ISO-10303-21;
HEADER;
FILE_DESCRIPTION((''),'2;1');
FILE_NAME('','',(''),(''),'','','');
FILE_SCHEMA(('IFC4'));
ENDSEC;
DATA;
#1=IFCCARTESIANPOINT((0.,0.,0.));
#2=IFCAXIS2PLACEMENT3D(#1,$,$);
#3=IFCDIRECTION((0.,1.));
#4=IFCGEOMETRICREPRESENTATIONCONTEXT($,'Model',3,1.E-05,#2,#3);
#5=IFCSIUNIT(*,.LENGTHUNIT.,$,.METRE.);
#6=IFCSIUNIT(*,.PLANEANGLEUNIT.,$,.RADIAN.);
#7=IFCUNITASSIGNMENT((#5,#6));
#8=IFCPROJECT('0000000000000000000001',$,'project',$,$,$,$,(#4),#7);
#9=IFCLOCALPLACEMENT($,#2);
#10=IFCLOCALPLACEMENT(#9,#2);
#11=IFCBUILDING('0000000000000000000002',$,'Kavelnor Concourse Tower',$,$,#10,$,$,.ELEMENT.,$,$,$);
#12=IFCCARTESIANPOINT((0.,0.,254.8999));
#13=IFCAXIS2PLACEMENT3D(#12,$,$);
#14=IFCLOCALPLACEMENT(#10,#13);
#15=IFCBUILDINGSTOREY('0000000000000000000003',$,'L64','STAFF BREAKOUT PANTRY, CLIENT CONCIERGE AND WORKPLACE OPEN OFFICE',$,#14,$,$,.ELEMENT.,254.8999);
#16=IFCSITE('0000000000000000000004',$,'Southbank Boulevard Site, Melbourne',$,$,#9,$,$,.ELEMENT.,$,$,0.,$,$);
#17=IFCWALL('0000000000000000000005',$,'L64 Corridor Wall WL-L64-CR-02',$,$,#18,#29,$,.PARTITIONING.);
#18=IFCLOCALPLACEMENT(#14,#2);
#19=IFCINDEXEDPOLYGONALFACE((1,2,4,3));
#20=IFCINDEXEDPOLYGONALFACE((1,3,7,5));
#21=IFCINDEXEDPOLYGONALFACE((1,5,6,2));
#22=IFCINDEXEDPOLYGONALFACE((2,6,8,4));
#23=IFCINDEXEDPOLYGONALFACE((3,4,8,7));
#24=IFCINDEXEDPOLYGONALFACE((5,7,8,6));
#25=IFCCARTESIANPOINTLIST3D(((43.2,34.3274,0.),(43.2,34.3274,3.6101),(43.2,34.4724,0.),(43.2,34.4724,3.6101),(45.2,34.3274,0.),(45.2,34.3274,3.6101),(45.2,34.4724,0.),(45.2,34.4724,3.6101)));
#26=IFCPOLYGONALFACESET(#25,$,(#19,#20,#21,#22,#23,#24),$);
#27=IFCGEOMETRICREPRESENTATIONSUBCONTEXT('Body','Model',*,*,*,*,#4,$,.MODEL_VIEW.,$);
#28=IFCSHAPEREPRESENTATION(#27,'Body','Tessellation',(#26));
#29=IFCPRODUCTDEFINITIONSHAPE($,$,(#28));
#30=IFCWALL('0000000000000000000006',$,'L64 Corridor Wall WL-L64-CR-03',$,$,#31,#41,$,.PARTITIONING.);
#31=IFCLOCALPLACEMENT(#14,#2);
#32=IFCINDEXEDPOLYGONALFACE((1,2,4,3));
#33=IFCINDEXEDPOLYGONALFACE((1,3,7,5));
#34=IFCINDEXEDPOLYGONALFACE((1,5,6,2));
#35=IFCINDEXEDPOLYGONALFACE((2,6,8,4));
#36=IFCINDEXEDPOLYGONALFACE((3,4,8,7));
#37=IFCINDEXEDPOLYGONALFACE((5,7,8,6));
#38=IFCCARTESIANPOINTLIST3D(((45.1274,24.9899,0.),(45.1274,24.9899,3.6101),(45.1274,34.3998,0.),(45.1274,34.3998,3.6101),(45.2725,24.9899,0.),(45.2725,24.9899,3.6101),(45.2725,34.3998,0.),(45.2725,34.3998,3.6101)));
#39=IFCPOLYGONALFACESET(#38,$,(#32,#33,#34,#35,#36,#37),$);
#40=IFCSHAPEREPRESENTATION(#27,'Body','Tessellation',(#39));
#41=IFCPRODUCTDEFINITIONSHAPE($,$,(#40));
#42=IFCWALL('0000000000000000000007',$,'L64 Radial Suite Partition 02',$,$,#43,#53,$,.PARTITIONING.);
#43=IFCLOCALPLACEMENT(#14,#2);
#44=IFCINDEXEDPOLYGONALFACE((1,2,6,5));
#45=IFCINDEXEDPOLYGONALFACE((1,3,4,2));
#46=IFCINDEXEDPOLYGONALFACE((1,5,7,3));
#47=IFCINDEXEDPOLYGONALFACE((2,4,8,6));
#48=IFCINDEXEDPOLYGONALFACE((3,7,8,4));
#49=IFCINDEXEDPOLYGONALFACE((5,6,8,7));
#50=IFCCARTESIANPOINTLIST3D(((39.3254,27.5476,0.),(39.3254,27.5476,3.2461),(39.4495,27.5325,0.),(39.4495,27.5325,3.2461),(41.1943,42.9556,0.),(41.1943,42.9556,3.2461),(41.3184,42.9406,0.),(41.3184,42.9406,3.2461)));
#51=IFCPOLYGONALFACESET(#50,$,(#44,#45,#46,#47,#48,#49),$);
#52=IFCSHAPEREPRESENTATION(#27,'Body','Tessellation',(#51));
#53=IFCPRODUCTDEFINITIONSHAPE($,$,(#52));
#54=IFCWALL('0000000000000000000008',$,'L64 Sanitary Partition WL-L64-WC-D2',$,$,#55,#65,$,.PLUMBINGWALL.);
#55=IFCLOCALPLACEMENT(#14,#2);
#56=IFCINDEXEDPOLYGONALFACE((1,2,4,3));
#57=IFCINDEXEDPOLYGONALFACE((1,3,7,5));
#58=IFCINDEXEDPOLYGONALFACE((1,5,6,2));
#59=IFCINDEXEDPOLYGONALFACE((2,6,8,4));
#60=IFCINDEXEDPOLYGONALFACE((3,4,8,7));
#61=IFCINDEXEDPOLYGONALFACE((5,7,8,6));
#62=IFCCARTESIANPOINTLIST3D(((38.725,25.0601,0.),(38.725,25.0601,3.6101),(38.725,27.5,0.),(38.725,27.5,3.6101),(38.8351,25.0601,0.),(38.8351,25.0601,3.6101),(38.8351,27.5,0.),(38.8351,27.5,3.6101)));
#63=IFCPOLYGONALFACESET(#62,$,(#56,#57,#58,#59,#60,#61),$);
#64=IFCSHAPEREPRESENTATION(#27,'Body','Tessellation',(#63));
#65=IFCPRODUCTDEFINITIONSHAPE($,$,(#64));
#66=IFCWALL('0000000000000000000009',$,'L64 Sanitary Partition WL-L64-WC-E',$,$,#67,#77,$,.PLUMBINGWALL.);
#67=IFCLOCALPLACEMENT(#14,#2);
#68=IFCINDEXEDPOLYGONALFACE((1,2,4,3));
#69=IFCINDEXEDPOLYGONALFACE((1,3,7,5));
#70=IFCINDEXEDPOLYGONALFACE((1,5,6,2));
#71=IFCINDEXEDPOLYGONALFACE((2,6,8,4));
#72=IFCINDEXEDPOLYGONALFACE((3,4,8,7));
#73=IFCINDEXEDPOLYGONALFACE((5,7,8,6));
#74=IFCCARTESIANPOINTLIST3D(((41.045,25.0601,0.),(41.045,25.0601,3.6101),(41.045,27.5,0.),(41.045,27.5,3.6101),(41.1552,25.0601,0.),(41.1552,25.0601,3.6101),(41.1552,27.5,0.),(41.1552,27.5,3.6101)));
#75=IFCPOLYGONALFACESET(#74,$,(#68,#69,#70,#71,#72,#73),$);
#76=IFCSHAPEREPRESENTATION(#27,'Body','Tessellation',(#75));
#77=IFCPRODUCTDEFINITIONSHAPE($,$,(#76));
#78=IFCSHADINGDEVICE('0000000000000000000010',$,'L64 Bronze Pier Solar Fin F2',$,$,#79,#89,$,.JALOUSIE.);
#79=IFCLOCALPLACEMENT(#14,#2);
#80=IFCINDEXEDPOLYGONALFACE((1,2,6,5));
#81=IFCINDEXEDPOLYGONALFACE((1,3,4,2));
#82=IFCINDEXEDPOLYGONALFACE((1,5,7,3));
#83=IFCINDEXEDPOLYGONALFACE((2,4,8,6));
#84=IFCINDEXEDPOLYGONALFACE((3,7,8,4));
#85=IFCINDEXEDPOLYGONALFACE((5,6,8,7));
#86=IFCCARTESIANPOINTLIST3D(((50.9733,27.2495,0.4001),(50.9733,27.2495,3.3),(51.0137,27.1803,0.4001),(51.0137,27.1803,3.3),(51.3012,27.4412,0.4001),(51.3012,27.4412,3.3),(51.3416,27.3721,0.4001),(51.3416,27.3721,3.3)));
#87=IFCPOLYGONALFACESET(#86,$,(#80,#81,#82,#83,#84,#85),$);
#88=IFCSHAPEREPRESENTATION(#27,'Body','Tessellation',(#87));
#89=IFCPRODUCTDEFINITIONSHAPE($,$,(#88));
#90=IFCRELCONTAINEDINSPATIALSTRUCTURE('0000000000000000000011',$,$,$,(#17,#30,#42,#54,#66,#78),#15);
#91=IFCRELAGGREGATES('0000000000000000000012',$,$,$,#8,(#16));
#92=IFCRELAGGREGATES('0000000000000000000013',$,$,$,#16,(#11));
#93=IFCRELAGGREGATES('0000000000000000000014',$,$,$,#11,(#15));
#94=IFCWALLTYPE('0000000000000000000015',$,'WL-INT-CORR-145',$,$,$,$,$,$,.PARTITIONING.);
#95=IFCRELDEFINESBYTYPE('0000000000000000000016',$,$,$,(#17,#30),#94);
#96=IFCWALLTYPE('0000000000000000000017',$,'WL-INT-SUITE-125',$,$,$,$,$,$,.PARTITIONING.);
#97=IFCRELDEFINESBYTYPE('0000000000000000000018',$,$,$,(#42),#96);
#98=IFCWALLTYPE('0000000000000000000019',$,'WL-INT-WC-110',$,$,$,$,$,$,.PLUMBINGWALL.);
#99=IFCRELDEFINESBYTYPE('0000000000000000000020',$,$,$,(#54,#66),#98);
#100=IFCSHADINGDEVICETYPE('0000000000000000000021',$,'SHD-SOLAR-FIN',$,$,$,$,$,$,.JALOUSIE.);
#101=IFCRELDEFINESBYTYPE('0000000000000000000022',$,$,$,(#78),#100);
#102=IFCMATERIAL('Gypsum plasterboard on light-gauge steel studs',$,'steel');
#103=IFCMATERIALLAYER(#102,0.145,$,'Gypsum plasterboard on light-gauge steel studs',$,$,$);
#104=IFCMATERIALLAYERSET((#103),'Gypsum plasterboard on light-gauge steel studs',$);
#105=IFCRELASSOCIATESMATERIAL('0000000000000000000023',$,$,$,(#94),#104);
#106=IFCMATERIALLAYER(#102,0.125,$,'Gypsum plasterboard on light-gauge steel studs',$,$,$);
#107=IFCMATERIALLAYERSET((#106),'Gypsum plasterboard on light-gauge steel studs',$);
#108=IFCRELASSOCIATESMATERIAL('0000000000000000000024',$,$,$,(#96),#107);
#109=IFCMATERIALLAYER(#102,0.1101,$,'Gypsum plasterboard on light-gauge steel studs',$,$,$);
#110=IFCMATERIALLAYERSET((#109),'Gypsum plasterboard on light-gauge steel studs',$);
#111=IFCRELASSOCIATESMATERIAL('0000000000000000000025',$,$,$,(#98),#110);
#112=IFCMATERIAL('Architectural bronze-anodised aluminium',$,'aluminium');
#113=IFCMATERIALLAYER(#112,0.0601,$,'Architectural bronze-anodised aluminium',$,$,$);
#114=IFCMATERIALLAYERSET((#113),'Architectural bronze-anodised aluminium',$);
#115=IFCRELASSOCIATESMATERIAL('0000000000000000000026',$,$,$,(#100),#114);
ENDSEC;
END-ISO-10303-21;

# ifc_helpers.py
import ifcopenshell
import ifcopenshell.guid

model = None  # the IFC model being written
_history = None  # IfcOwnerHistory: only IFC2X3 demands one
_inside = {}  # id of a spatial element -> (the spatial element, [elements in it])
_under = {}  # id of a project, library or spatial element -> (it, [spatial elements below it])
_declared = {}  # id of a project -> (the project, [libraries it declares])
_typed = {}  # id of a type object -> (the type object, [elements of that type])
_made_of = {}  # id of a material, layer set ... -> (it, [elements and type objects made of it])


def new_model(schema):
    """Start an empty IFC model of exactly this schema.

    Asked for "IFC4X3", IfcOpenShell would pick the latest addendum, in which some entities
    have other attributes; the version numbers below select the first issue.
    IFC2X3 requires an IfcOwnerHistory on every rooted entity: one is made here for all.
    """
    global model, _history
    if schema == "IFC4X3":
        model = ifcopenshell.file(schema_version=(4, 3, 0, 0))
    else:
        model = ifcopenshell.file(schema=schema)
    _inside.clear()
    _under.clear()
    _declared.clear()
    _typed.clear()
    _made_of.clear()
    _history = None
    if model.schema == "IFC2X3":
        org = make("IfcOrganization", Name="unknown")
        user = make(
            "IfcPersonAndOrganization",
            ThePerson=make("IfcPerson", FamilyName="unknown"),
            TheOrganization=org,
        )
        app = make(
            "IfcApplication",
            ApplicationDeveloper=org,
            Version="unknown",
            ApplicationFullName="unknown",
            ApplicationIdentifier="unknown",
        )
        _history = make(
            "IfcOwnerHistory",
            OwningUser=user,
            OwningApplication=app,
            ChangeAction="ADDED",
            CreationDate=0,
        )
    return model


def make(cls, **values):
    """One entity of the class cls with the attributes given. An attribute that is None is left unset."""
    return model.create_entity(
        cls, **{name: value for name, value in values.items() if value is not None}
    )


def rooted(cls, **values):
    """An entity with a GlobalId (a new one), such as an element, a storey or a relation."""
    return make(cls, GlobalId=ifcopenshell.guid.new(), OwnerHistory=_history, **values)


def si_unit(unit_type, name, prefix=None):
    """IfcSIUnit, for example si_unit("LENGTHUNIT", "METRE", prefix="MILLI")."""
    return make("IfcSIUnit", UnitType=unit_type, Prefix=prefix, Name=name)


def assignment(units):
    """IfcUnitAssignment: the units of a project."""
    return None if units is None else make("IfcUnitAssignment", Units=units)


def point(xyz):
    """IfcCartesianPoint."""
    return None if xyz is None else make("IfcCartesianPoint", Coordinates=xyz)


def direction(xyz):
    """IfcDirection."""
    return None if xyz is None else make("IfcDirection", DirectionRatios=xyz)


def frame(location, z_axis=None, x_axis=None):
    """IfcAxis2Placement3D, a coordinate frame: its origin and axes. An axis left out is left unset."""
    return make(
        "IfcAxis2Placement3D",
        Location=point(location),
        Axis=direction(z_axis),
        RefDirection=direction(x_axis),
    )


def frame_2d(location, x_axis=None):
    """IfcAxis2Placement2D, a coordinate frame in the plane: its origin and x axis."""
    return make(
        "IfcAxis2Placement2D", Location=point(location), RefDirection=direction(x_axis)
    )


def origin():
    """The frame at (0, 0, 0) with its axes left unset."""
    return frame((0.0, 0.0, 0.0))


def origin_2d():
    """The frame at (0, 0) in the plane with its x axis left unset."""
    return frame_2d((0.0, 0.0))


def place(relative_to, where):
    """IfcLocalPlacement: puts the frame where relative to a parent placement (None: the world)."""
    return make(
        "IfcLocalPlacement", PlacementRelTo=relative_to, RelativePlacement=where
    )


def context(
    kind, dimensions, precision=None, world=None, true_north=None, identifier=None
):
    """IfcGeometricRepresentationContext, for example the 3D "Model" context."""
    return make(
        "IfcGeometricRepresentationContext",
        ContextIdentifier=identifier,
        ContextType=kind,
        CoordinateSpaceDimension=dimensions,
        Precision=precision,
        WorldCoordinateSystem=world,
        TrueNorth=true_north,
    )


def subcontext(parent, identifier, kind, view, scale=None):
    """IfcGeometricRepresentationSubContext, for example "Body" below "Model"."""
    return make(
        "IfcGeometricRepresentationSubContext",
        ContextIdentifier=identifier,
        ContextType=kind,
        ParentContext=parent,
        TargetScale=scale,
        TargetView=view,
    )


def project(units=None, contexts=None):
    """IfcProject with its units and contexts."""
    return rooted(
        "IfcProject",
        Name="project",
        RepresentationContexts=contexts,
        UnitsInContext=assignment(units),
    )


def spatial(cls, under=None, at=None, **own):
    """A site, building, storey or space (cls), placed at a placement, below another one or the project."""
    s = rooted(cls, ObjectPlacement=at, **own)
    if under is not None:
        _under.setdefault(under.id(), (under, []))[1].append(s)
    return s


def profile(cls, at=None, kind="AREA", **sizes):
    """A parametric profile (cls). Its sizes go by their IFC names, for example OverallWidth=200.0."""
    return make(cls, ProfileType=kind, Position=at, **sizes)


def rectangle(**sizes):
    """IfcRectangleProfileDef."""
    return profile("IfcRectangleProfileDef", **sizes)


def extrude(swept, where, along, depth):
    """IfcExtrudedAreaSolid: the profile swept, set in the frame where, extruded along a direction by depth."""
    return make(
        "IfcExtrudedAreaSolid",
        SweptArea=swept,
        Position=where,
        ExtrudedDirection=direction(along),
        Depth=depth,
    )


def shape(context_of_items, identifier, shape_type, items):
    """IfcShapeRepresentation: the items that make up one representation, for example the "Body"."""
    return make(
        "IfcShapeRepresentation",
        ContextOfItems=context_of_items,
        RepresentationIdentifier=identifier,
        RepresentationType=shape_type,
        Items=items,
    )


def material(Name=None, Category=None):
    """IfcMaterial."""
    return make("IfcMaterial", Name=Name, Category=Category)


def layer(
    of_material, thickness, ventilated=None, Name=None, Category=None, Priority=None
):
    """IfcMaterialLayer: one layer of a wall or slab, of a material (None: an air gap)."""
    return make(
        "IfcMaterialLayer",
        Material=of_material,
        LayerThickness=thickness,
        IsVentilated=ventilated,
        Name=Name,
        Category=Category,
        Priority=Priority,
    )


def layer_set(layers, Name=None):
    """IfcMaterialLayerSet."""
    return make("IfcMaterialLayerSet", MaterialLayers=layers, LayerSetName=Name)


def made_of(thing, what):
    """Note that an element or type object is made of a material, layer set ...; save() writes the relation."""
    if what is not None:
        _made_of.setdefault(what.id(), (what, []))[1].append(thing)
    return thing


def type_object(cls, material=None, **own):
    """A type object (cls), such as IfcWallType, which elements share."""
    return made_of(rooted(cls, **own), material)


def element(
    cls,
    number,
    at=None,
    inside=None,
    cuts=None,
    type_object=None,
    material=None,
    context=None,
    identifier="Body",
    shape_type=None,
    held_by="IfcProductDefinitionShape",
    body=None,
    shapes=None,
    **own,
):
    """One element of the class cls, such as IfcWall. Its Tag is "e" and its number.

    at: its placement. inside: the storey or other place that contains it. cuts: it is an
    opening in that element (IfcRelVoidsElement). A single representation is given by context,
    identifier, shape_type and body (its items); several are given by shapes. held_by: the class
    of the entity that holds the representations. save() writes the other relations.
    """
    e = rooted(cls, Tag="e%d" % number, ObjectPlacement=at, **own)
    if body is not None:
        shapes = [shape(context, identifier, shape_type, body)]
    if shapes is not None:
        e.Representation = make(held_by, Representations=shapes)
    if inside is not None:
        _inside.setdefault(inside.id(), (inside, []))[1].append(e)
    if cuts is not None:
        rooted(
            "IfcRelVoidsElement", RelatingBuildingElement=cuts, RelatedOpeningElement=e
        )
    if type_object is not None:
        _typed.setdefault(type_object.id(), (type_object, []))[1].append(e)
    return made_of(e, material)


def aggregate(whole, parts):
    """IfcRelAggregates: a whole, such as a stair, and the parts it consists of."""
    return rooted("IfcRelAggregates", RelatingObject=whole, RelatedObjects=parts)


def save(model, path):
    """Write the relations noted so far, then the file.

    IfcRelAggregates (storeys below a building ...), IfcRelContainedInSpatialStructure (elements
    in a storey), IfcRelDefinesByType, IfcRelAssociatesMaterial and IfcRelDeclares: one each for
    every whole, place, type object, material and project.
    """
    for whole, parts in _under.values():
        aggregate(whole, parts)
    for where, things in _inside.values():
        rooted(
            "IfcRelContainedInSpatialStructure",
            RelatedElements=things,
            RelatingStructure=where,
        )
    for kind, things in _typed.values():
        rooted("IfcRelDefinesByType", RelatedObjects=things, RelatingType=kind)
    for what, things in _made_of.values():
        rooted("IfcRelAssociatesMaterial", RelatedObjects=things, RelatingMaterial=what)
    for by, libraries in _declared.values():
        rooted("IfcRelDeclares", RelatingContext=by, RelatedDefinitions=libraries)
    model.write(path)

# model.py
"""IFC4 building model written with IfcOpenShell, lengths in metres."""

from ifc_helpers import new_model, si_unit, direction, frame, frame_2d, origin, origin_2d, place, context, subcontext, project, spatial, rectangle, extrude, material, layer, layer_set, type_object, element, save


model = new_model("IFC4")

# Units and contexts
model_context = context("Model", 3, precision=1e-05, world=origin(), true_north=direction((0.0, 1.0)))
body_context = subcontext(model_context, "Body", "Model", "MODEL_VIEW")
ifc_project = project(units=[si_unit("LENGTHUNIT", "METRE"), si_unit("PLANEANGLEUNIT", "RADIAN")], contexts=[model_context])

# Site, building, storey
site_placement = place(None, origin())
site = spatial("IfcSite", under=ifc_project, at=site_placement, Name="Southbank Boulevard Site, Melbourne", CompositionType="ELEMENT", RefElevation=0.0)
building_placement = place(site_placement, origin())
building = spatial("IfcBuilding", under=site, at=building_placement, Name="Kavelnor Concourse Tower", CompositionType="ELEMENT")
storey_placement = place(building_placement, frame((0.0, 0.0, 254.8999)))
storey = spatial("IfcBuildingStorey", under=building, at=storey_placement, Name="L64", Description="STAFF BREAKOUT PANTRY, CLIENT CONCIERGE AND WORKPLACE OPEN OFFICE", CompositionType="ELEMENT", Elevation=254.8999)

# Walls
ifc_material_1 = material(Name="Gypsum plasterboard on light-gauge steel studs", Category="steel")
ifc_layer_1 = layer(ifc_material_1, 0.145, Name="Gypsum plasterboard on light-gauge steel studs")
ifc_layer_set_1 = layer_set([ifc_layer_1], Name="Gypsum plasterboard on light-gauge steel studs")
wall_type_1 = type_object("IfcWallType", Name="WL-INT-CORR-145", PredefinedType="PARTITIONING", material=ifc_layer_set_1)
wall_1_placement = place(storey_placement, frame((43.2, 34.3999, 0.0), z_axis=(0.0, 0.0, 1.0), x_axis=(1.0, 0.0, 0.0)))
element("IfcWall", 1, at=wall_1_placement, inside=storey, type_object=wall_type_1, Name="L64 Corridor Wall WL-L64-CR-02", PredefinedType="PARTITIONING", context=body_context, shape_type="SweptSolid", body=[
    extrude(rectangle(XDim=2.0, YDim=0.145, at=frame_2d((1.0, 0.0))), origin(), (0.0, 0.0, 1.0), 3.6101),
])
wall_2_placement = place(storey_placement, frame((45.2, 34.3999, 0.0), z_axis=(0.0, 0.0, 1.0), x_axis=(0.0, -1.0, 0.0)))
element("IfcWall", 2, at=wall_2_placement, inside=storey, type_object=wall_type_1, Name="L64 Corridor Wall WL-L64-CR-03", PredefinedType="PARTITIONING", context=body_context, shape_type="SweptSolid", body=[
    extrude(rectangle(XDim=9.4099, YDim=0.145, at=frame_2d((4.7051, 0.0))), origin(), (0.0, 0.0, 1.0), 3.6101),
])
ifc_layer_2 = layer(ifc_material_1, 0.125, Name="Gypsum plasterboard on light-gauge steel studs")
ifc_layer_set_2 = layer_set([ifc_layer_2], Name="Gypsum plasterboard on light-gauge steel studs")
wall_type_2 = type_object("IfcWallType", Name="WL-INT-SUITE-125", PredefinedType="PARTITIONING", material=ifc_layer_set_2)
wall_3_placement = place(storey_placement, frame((39.3875, 27.54, 0.0), z_axis=(0.0, 0.0, 1.0), x_axis=(0.120412, 0.992724, 0.0)))
element("IfcWall", 3, at=wall_3_placement, inside=storey, type_object=wall_type_2, Name="L64 Radial Suite Partition 02", PredefinedType="PARTITIONING", context=body_context, shape_type="SweptSolid", body=[
    extrude(rectangle(XDim=15.521, YDim=0.125, at=frame_2d((7.7605, 0.0))), origin(), (0.0, 0.0, 1.0), 3.2461),
])
ifc_layer_3 = layer(ifc_material_1, 0.1101, Name="Gypsum plasterboard on light-gauge steel studs")
ifc_layer_set_3 = layer_set([ifc_layer_3], Name="Gypsum plasterboard on light-gauge steel studs")
wall_type_3 = type_object("IfcWallType", Name="WL-INT-WC-110", PredefinedType="PLUMBINGWALL", material=ifc_layer_set_3)
for number, where, z_axis, x_axis, name in (
    (4, (38.78, 25.0601, 0.0), (0.0, 0.0, 1.0), (0.0, 1.0, 0.0), "L64 Sanitary Partition WL-L64-WC-D2"),
    (5, (41.1001, 25.0601, 0.0), (0.0, 0.0, 1.0), (0.0, 1.0, 0.0), "L64 Sanitary Partition WL-L64-WC-E"),
):
    element("IfcWall", number, at=place(storey_placement, frame(where, z_axis=z_axis, x_axis=x_axis)), inside=storey, type_object=wall_type_3, Name=name, PredefinedType="PLUMBINGWALL", context=body_context, shape_type="SweptSolid", body=[
        extrude(rectangle(XDim=2.4399, YDim=0.1101, at=frame_2d((1.22, 0.0))), origin(), (0.0, 0.0, 1.0), 3.6101),
    ])

# Shading device
ifc_material_2 = material(Name="Architectural bronze-anodised aluminium", Category="aluminium")
ifc_layer_4 = layer(ifc_material_2, 0.0601, Name="Architectural bronze-anodised aluminium")
ifc_layer_set_4 = layer_set([ifc_layer_4], Name="Architectural bronze-anodised aluminium")
shading_device_type = type_object("IfcShadingDeviceType", Name="SHD-SOLAR-FIN", PredefinedType="JALOUSIE", material=ifc_layer_set_4)
shading_device_placement = place(storey_placement, frame((51.1575, 27.3108, 0.4001), z_axis=(0.0, 0.0, 1.0), x_axis=(0.863219, 0.504829, 0.0)))
element("IfcShadingDevice", 6, at=shading_device_placement, inside=storey, type_object=shading_device_type, Name="L64 Bronze Pier Solar Fin F2", PredefinedType="JALOUSIE", context=body_context, shape_type="SweptSolid", body=[
    extrude(rectangle(XDim=0.3799, YDim=0.0801, at=origin_2d()), origin(), (0.0, 0.0, 1.0), 2.8999),
])

save(model, "model.ifc")
